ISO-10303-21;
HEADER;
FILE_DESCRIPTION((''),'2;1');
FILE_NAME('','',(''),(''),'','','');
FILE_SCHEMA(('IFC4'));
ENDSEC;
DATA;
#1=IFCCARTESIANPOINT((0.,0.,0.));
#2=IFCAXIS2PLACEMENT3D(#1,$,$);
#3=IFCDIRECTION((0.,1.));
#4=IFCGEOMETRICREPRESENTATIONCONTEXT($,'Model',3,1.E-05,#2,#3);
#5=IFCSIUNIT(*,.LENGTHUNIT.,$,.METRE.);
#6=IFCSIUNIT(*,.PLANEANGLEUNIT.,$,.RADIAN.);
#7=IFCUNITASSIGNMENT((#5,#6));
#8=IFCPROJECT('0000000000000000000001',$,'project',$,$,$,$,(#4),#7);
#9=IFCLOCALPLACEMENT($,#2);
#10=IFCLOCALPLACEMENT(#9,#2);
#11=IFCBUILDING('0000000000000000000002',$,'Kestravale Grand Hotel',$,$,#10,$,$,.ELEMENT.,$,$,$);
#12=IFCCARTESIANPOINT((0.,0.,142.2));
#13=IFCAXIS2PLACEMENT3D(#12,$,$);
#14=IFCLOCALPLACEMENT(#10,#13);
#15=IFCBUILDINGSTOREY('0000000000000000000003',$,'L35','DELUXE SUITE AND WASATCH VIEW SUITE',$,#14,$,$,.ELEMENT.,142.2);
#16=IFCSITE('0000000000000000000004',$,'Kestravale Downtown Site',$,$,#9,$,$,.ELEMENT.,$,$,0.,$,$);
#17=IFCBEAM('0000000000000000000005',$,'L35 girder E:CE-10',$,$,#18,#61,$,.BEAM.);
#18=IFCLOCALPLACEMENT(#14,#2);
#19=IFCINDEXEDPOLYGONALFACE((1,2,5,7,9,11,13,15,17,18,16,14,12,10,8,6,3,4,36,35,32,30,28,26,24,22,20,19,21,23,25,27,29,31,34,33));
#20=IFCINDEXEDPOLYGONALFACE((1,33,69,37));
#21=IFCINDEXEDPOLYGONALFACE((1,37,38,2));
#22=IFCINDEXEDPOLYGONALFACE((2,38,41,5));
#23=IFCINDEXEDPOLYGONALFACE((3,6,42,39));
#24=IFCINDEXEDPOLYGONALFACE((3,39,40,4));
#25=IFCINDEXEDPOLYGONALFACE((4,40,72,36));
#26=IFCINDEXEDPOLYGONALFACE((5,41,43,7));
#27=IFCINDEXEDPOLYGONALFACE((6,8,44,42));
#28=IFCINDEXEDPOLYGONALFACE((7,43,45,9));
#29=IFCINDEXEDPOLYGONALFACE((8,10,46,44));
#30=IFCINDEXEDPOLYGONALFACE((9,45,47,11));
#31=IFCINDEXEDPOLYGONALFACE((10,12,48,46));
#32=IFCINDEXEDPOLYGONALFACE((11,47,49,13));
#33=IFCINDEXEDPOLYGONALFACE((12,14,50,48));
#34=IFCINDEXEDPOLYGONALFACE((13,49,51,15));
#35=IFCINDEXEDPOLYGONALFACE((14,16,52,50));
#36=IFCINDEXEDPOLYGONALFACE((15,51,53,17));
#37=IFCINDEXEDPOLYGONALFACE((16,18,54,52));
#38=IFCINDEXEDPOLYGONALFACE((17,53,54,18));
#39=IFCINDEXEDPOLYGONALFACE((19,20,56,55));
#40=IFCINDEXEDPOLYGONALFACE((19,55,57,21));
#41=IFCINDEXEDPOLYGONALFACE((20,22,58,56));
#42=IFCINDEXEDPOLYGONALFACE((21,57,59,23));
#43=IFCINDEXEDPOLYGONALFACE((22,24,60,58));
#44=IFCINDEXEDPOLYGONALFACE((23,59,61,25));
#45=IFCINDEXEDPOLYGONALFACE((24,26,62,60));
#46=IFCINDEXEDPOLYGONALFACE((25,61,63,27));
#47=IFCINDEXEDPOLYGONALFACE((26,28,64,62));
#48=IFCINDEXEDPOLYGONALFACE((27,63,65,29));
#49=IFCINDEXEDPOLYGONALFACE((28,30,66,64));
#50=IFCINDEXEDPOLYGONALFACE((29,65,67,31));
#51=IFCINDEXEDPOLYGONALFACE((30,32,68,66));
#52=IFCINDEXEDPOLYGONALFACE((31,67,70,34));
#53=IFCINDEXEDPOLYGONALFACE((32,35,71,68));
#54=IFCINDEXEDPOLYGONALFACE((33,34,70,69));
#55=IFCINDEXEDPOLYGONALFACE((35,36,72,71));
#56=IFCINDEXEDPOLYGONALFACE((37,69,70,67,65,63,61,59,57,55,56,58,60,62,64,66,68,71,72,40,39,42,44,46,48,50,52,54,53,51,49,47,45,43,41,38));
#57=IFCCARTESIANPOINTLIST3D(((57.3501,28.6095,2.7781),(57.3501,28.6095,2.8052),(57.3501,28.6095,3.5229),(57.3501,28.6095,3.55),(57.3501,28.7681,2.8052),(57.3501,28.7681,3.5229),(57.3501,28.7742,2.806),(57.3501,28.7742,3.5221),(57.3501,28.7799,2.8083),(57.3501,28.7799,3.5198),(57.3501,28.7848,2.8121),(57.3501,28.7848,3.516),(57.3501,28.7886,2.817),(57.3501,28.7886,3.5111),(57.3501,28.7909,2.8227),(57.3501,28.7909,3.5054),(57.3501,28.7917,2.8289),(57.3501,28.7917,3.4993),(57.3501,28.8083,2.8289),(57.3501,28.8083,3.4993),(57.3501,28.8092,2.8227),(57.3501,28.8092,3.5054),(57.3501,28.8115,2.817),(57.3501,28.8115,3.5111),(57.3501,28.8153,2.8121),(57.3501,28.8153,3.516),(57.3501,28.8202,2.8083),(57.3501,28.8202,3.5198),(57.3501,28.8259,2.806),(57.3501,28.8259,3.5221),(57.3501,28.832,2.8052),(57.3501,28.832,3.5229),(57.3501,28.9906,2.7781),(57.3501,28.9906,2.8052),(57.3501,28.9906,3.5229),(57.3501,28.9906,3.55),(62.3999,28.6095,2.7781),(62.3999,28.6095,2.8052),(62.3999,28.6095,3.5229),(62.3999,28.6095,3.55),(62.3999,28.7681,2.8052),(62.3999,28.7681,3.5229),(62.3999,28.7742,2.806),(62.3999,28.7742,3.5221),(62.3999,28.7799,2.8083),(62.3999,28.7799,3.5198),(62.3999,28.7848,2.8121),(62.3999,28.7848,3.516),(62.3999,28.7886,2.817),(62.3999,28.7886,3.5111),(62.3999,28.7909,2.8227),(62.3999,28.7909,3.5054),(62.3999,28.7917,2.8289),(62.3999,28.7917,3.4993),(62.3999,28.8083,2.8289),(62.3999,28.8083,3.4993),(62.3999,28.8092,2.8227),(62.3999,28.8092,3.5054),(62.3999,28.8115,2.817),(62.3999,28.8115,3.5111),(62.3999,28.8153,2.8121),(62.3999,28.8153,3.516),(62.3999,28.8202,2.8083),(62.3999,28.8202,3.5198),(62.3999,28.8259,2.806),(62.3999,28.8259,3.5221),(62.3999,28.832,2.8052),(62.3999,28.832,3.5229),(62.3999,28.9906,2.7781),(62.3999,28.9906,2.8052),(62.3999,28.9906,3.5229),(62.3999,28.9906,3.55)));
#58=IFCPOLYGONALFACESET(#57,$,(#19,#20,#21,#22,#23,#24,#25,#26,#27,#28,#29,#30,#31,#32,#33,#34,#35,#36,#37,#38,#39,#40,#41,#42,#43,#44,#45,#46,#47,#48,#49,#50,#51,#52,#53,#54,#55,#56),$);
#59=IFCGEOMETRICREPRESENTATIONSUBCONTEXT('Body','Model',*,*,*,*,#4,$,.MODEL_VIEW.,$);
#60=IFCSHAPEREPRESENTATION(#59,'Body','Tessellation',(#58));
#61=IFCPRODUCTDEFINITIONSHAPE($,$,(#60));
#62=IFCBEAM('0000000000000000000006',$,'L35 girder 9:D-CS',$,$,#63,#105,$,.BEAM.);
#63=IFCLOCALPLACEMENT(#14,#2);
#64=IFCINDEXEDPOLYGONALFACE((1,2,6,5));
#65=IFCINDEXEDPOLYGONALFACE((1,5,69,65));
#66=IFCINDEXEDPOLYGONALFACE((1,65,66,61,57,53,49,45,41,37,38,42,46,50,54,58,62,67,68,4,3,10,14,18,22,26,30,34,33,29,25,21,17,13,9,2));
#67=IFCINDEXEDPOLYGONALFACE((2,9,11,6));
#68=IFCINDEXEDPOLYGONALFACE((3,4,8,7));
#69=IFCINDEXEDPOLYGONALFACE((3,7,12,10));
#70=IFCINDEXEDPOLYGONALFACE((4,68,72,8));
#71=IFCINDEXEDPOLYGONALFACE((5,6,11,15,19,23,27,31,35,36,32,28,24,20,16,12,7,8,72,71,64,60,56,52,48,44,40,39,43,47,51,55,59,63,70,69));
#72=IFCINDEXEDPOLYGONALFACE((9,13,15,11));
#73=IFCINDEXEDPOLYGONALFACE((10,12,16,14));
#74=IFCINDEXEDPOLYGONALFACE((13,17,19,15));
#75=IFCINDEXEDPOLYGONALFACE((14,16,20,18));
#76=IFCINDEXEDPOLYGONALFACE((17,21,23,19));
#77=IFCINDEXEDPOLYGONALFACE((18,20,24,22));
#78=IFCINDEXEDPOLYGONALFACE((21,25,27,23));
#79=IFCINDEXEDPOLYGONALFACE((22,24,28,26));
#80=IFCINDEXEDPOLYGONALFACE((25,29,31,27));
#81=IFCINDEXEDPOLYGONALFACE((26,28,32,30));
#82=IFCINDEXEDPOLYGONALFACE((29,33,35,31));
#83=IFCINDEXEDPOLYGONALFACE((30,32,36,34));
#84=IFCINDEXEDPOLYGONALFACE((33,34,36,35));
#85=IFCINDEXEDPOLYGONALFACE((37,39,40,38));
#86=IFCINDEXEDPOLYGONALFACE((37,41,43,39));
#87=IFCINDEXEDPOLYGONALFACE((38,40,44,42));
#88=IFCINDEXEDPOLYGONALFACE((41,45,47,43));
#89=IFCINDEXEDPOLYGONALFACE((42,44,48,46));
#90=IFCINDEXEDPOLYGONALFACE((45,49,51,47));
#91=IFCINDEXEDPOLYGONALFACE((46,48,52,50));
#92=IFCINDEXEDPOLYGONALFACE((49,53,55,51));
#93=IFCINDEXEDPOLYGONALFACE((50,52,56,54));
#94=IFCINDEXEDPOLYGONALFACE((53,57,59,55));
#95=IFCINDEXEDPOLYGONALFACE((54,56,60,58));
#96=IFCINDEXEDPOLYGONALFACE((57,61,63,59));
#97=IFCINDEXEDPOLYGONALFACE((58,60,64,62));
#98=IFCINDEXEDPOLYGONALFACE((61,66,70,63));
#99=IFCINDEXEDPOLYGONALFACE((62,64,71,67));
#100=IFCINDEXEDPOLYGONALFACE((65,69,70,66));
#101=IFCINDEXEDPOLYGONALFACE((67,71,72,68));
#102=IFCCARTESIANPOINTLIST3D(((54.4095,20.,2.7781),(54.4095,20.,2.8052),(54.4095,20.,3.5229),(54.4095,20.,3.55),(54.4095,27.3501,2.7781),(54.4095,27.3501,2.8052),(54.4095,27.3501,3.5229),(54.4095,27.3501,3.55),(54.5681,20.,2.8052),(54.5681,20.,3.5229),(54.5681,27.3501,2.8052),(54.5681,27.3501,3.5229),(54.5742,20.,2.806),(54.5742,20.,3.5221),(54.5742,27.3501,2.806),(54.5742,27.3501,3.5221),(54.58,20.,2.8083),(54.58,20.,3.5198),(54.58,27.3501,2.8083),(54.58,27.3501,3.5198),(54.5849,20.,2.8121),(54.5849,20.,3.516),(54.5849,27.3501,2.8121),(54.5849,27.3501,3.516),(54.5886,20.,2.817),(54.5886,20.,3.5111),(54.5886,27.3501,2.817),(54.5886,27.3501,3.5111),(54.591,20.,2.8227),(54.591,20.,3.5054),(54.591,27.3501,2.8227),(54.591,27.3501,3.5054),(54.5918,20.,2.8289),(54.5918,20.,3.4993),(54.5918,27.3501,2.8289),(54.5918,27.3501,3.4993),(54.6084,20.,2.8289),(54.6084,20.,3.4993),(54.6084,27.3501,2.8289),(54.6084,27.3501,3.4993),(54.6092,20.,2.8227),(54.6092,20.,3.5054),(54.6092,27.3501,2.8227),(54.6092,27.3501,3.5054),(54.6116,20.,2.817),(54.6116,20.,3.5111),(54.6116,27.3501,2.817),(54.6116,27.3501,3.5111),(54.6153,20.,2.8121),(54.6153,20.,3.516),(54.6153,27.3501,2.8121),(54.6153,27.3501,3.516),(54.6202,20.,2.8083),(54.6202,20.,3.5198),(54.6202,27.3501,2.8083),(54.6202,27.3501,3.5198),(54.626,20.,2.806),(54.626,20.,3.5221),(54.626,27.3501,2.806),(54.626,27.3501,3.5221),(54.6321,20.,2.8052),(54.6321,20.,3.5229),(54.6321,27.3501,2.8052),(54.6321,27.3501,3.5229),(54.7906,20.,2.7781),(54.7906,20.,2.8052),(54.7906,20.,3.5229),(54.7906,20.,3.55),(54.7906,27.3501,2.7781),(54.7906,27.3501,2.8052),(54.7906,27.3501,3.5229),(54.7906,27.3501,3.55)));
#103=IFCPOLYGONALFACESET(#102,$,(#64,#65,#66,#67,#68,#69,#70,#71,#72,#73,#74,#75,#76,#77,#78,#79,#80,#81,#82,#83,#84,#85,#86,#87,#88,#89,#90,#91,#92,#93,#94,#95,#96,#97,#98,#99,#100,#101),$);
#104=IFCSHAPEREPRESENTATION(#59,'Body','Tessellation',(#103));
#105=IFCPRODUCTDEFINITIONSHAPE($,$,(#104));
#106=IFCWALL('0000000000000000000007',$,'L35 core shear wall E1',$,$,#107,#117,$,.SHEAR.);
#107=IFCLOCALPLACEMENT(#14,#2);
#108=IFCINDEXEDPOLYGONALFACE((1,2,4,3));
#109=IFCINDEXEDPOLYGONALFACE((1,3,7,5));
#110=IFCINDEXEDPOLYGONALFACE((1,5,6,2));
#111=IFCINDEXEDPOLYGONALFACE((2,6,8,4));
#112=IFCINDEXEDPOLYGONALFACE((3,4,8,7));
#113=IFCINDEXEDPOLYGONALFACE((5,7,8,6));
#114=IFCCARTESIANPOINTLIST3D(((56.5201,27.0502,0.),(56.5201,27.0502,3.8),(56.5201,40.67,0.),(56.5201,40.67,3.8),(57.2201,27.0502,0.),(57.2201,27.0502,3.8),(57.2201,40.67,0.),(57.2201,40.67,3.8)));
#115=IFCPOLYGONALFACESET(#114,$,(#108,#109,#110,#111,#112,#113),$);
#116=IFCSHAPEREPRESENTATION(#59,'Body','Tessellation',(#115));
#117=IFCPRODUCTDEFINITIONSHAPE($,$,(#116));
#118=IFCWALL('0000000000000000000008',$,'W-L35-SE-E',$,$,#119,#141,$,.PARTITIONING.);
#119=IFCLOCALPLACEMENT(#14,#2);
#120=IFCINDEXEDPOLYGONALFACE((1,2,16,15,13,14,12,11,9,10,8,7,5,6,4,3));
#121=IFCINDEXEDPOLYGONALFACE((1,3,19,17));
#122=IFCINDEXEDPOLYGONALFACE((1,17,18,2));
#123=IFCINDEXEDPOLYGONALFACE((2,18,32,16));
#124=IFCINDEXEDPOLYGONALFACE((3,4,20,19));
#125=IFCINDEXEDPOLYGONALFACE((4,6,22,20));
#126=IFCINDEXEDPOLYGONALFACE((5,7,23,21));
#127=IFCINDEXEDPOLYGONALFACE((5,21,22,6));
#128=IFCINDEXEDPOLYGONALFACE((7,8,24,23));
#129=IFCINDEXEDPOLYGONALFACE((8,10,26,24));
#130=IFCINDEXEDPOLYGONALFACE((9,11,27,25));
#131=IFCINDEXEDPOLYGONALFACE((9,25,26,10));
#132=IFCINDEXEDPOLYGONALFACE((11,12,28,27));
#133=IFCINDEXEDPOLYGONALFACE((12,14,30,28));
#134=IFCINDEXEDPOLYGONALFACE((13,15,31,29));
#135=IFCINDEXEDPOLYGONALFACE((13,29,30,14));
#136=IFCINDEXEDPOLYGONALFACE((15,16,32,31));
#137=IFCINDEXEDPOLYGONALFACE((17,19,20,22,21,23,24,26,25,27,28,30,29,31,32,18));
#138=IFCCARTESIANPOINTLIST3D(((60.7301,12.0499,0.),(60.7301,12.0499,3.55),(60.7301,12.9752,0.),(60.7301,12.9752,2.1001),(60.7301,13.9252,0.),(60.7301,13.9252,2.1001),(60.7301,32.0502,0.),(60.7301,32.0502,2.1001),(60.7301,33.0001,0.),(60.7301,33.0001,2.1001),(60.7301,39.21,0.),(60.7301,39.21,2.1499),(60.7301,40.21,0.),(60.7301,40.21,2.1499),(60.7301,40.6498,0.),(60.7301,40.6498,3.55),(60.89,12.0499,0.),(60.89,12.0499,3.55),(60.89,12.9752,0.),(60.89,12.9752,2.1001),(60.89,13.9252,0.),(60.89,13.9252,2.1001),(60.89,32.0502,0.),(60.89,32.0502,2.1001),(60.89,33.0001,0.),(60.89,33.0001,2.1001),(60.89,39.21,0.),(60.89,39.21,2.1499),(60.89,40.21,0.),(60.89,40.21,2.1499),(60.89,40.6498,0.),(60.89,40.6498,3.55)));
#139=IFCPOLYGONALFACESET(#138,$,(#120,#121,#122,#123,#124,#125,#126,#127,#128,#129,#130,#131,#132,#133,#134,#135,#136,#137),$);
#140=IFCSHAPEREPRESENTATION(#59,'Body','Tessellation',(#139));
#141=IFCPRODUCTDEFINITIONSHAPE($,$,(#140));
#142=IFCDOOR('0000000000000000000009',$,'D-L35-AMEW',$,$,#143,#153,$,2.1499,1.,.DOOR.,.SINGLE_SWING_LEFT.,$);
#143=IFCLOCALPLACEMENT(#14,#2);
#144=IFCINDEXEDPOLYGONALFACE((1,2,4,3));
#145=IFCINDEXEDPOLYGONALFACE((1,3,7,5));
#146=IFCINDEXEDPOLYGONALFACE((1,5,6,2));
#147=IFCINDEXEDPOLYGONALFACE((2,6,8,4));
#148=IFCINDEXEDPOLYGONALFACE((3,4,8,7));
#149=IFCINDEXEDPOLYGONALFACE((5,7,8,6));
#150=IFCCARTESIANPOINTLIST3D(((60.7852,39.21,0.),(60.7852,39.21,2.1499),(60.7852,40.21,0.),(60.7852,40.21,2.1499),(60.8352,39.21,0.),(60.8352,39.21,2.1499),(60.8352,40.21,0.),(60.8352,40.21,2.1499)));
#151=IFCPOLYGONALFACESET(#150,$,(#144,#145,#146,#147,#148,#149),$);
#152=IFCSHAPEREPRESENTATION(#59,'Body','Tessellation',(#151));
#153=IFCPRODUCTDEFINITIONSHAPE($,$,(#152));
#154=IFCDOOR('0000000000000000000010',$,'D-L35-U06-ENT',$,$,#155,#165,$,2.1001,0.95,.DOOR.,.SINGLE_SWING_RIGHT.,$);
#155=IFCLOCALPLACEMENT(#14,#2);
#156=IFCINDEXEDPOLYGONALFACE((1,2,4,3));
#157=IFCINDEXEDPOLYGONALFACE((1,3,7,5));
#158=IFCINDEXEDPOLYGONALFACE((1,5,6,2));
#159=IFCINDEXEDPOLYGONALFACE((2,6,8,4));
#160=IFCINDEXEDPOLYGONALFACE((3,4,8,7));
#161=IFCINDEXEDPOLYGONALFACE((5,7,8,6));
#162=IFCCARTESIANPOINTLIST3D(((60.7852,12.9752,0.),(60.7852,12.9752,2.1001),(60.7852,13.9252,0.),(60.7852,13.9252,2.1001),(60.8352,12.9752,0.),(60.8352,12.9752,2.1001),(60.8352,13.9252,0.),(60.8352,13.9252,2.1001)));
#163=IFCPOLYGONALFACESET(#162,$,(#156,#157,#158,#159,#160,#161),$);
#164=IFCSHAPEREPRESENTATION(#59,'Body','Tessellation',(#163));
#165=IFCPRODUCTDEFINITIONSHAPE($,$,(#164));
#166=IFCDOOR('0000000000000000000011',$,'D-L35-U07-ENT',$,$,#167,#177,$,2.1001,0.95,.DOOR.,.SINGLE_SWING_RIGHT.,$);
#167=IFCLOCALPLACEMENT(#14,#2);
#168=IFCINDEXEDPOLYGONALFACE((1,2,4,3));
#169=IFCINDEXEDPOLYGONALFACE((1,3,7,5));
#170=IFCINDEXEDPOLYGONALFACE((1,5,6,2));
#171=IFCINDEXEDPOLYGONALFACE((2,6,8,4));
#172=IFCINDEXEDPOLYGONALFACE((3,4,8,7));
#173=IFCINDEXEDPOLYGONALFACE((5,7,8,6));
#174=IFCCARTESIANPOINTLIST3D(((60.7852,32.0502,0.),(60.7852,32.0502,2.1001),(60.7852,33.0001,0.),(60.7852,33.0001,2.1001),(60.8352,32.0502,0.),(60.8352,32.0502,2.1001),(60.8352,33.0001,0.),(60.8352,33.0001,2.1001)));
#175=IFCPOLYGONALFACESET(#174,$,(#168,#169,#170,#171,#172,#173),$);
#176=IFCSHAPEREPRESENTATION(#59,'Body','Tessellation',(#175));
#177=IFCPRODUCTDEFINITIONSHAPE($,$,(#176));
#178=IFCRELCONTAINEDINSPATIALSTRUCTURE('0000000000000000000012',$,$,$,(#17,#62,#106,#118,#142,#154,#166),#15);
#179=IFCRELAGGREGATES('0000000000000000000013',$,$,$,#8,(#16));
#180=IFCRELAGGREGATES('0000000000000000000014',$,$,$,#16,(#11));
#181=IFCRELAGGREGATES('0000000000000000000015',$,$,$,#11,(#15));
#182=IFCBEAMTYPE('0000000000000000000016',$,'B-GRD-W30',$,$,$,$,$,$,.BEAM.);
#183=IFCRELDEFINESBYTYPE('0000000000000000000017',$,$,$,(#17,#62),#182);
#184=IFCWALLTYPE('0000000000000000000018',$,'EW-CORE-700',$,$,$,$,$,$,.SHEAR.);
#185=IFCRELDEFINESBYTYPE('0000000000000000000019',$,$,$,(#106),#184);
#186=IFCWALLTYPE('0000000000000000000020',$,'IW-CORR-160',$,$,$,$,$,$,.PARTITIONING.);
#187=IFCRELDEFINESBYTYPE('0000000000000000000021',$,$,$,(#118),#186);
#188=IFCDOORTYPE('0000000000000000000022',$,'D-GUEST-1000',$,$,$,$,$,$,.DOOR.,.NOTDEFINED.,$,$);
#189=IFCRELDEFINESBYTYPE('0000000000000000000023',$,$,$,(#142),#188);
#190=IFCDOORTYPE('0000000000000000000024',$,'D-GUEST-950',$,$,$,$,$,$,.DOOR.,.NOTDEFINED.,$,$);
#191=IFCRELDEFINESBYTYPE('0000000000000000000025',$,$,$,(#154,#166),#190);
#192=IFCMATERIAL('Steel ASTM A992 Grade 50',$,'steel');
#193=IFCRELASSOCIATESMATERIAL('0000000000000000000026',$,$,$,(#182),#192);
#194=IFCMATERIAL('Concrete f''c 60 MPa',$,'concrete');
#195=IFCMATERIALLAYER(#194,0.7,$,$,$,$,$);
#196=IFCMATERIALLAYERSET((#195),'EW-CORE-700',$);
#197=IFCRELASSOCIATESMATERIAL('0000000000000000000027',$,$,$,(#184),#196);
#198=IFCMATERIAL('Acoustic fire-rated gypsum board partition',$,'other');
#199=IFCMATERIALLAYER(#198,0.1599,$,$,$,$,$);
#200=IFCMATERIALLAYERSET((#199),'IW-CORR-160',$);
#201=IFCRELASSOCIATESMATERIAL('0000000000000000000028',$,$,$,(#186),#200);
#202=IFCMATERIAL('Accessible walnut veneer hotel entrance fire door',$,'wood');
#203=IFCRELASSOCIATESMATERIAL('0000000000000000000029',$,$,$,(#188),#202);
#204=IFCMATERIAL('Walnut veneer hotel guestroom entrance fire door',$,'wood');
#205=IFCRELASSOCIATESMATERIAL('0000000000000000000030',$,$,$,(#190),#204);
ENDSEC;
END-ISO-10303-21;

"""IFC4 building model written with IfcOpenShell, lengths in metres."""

from ifc_helpers import new_model, si_unit, direction, frame, frame_2d, origin, origin_2d, place, context, subcontext, project, spatial, rectangle, i_section, extrude, material, layer, layer_set, material_profile, profile_set, type_object, element, fill, save


model = new_model("IFC4")

# Units and contexts
model_context = context("Model", 3, precision=1e-05, world=origin(), true_north=direction((0.0, 1.0)))
body_context = subcontext(model_context, "Body", "Model", "MODEL_VIEW")
ifc_project = project(units=[si_unit("LENGTHUNIT", "METRE"), si_unit("PLANEANGLEUNIT", "RADIAN")], contexts=[model_context])

# Site, building, storey
site_placement = place(None, origin())
site = spatial("IfcSite", under=ifc_project, at=site_placement, Name="Kestravale Downtown Site", CompositionType="ELEMENT", RefElevation=0.0)
building_placement = place(site_placement, origin())
building = spatial("IfcBuilding", under=site, at=building_placement, Name="Kestravale Grand Hotel", CompositionType="ELEMENT")
storey_placement = place(building_placement, frame((0.0, 0.0, 142.2)))
storey = spatial("IfcBuildingStorey", under=building, at=storey_placement, Name="L35", Description="DELUXE SUITE AND WASATCH VIEW SUITE", CompositionType="ELEMENT", Elevation=142.2)

# Beams
ifc_material_1 = material(Name="Steel ASTM A992 Grade 50", Category="steel")
ifc_material_profile_1 = material_profile(ifc_material_1, i_section(OverallWidth=0.3811, OverallDepth=0.772, WebThickness=0.0166, FlangeThickness=0.0271, FilletRadius=0.0237, at=origin_2d()))
ifc_profile_set_1 = profile_set([ifc_material_profile_1], Name="Steel ASTM A992 Grade 50")
beam_type_1 = type_object("IfcBeamType", Name="B-GRD-W30", PredefinedType="BEAM", material=ifc_profile_set_1)
beam_1_placement = place(storey_placement, frame((57.3501, 28.8, 3.1641), z_axis=(1.0, 0.0, 0.0), x_axis=(0.0, 1.0, 0.0)))
element("IfcBeam", 1, at=beam_1_placement, inside=storey, type_object=beam_type_1, Name="L35 girder E:CE-10", PredefinedType="BEAM", context=body_context, shape_type="SweptSolid", body=[
    extrude(i_section(OverallWidth=0.3811, OverallDepth=0.772, WebThickness=0.0166, FlangeThickness=0.0271, FilletRadius=0.0237, at=origin_2d()), origin(), (0.0, 0.0, 1.0), 5.0498),
])
beam_2_placement = place(storey_placement, frame((54.6001, 20.0, 3.1641), z_axis=(0.0, 1.0, 0.0), x_axis=(-1.0, 0.0, 0.0)))
element("IfcBeam", 2, at=beam_2_placement, inside=storey, type_object=beam_type_1, Name="L35 girder 9:D-CS", PredefinedType="BEAM", context=body_context, shape_type="SweptSolid", body=[
    extrude(i_section(OverallWidth=0.3811, OverallDepth=0.772, WebThickness=0.0166, FlangeThickness=0.0271, FilletRadius=0.0237, at=origin_2d()), origin(), (0.0, 0.0, 1.0), 7.3501),
])

# Wall
ifc_material_2 = material(Name="Concrete f'c 60 MPa", Category="concrete")
ifc_layer_1 = layer(ifc_material_2, 0.7)
ifc_layer_set_1 = layer_set([ifc_layer_1], Name="EW-CORE-700")
wall_type_1 = type_object("IfcWallType", Name="EW-CORE-700", PredefinedType="SHEAR", material=ifc_layer_set_1)
wall_1_placement = place(storey_placement, frame((56.8701, 27.05, 0.0), z_axis=(0.0, 0.0, 1.0), x_axis=(0.0, 1.0, 0.0)))
element("IfcWall", 3, at=wall_1_placement, inside=storey, type_object=wall_type_1, Name="L35 core shear wall E1", PredefinedType="SHEAR", context=body_context, shape_type="SweptSolid", body=[
    extrude(rectangle(XDim=13.6199, YDim=0.7, at=frame_2d((6.8101, 0.0))), origin(), (0.0, 0.0, 1.0), 3.8),
])

# Wall, openings, doors
ifc_material_3 = material(Name="Acoustic fire-rated gypsum board partition", Category="other")
ifc_layer_2 = layer(ifc_material_3, 0.1599)
ifc_layer_set_2 = layer_set([ifc_layer_2], Name="IW-CORR-160")
wall_type_2 = type_object("IfcWallType", Name="IW-CORR-160", PredefinedType="PARTITIONING", material=ifc_layer_set_2)
wall_2_placement = place(storey_placement, frame((60.8101, 12.05, 0.0), z_axis=(0.0, 0.0, 1.0), x_axis=(0.0, 1.0, 0.0)))
wall_2 = element("IfcWall", 4, at=wall_2_placement, inside=storey, type_object=wall_type_2, Name="W-L35-SE-E", PredefinedType="PARTITIONING", context=body_context, shape_type="SweptSolid", body=[
    extrude(rectangle(XDim=28.5999, YDim=0.1599, at=frame_2d((14.2998, 0.0))), origin(), (0.0, 0.0, 1.0), 3.55),
])
opening_1_placement = place(wall_2_placement, frame((0.925, 0.0, 0.0)))
opening_1 = element("IfcOpeningElement", 5, at=opening_1_placement, cuts=wall_2, PredefinedType="OPENING", context=body_context, shape_type="SweptSolid", body=[
    extrude(rectangle(XDim=0.95, YDim=2.1001, at=frame_2d((0.4751, 1.05))), frame((0.0, 0.0898, 0.0), z_axis=(0.0, -1.0, 0.0), x_axis=(1.0, 0.0, 0.0)), (0.0, 0.0, 1.0), 0.1799),
])
opening_2_placement = place(wall_2_placement, frame((20.0, 0.0, 0.0)))
opening_2 = element("IfcOpeningElement", 6, at=opening_2_placement, cuts=wall_2, PredefinedType="OPENING", context=body_context, shape_type="SweptSolid", body=[
    extrude(rectangle(XDim=0.95, YDim=2.1001, at=frame_2d((0.4751, 1.05))), frame((0.0, 0.0898, 0.0), z_axis=(0.0, -1.0, 0.0), x_axis=(1.0, 0.0, 0.0)), (0.0, 0.0, 1.0), 0.1799),
])
opening_3_placement = place(wall_2_placement, frame((27.1599, 0.0, 0.0)))
opening_3 = element("IfcOpeningElement", 7, at=opening_3_placement, cuts=wall_2, PredefinedType="OPENING", context=body_context, shape_type="SweptSolid", body=[
    extrude(rectangle(XDim=1.0, YDim=2.1499, at=frame_2d((0.5, 1.075))), frame((0.0, 0.0898, 0.0), z_axis=(0.0, -1.0, 0.0), x_axis=(1.0, 0.0, 0.0)), (0.0, 0.0, 1.0), 0.1799),
])
ifc_material_4 = material(Name="Accessible walnut veneer hotel entrance fire door", Category="wood")
door_type_1 = type_object("IfcDoorType", Name="D-GUEST-1000", OperationType="NOTDEFINED", PredefinedType="DOOR", material=ifc_material_4)
door_1_placement = place(opening_3_placement, origin())
door_1 = element("IfcDoor", 8, at=door_1_placement, inside=storey, type_object=door_type_1, Name="D-L35-AMEW", OperationType="SINGLE_SWING_LEFT", OverallHeight=2.1499, OverallWidth=1.0, PredefinedType="DOOR", context=body_context, shape_type="SweptSolid", body=[
    extrude(rectangle(XDim=1.0, YDim=2.1499, at=frame_2d((0.5, 1.075))), frame((0.0, 0.0249, 0.0), z_axis=(0.0, -1.0, 0.0), x_axis=(1.0, 0.0, 0.0)), (0.0, 0.0, 1.0), 0.05),
])
fill(opening_3, door_1)
ifc_material_5 = material(Name="Walnut veneer hotel guestroom entrance fire door", Category="wood")
door_type_2 = type_object("IfcDoorType", Name="D-GUEST-950", OperationType="NOTDEFINED", PredefinedType="DOOR", material=ifc_material_5)
door_2_placement = place(opening_1_placement, origin())
door_2 = element("IfcDoor", 9, at=door_2_placement, inside=storey, type_object=door_type_2, Name="D-L35-U06-ENT", OperationType="SINGLE_SWING_RIGHT", OverallHeight=2.1001, OverallWidth=0.95, PredefinedType="DOOR", context=body_context, shape_type="SweptSolid", body=[
    extrude(rectangle(XDim=0.95, YDim=2.1001, at=frame_2d((0.4751, 1.05))), frame((0.0, 0.0249, 0.0), z_axis=(0.0, -1.0, 0.0), x_axis=(1.0, 0.0, 0.0)), (0.0, 0.0, 1.0), 0.05),
])
fill(opening_1, door_2)
door_3_placement = place(opening_2_placement, origin())
door_3 = element("IfcDoor", 10, at=door_3_placement, inside=storey, type_object=door_type_2, Name="D-L35-U07-ENT", OperationType="SINGLE_SWING_RIGHT", OverallHeight=2.1001, OverallWidth=0.95, PredefinedType="DOOR", context=body_context, shape_type="SweptSolid", body=[
    extrude(rectangle(XDim=0.95, YDim=2.1001, at=frame_2d((0.4751, 1.05))), frame((0.0, 0.0249, 0.0), z_axis=(0.0, -1.0, 0.0), x_axis=(1.0, 0.0, 0.0)), (0.0, 0.0, 1.0), 0.05),
])
fill(opening_2, door_3)

save(model, "model.ifc")
